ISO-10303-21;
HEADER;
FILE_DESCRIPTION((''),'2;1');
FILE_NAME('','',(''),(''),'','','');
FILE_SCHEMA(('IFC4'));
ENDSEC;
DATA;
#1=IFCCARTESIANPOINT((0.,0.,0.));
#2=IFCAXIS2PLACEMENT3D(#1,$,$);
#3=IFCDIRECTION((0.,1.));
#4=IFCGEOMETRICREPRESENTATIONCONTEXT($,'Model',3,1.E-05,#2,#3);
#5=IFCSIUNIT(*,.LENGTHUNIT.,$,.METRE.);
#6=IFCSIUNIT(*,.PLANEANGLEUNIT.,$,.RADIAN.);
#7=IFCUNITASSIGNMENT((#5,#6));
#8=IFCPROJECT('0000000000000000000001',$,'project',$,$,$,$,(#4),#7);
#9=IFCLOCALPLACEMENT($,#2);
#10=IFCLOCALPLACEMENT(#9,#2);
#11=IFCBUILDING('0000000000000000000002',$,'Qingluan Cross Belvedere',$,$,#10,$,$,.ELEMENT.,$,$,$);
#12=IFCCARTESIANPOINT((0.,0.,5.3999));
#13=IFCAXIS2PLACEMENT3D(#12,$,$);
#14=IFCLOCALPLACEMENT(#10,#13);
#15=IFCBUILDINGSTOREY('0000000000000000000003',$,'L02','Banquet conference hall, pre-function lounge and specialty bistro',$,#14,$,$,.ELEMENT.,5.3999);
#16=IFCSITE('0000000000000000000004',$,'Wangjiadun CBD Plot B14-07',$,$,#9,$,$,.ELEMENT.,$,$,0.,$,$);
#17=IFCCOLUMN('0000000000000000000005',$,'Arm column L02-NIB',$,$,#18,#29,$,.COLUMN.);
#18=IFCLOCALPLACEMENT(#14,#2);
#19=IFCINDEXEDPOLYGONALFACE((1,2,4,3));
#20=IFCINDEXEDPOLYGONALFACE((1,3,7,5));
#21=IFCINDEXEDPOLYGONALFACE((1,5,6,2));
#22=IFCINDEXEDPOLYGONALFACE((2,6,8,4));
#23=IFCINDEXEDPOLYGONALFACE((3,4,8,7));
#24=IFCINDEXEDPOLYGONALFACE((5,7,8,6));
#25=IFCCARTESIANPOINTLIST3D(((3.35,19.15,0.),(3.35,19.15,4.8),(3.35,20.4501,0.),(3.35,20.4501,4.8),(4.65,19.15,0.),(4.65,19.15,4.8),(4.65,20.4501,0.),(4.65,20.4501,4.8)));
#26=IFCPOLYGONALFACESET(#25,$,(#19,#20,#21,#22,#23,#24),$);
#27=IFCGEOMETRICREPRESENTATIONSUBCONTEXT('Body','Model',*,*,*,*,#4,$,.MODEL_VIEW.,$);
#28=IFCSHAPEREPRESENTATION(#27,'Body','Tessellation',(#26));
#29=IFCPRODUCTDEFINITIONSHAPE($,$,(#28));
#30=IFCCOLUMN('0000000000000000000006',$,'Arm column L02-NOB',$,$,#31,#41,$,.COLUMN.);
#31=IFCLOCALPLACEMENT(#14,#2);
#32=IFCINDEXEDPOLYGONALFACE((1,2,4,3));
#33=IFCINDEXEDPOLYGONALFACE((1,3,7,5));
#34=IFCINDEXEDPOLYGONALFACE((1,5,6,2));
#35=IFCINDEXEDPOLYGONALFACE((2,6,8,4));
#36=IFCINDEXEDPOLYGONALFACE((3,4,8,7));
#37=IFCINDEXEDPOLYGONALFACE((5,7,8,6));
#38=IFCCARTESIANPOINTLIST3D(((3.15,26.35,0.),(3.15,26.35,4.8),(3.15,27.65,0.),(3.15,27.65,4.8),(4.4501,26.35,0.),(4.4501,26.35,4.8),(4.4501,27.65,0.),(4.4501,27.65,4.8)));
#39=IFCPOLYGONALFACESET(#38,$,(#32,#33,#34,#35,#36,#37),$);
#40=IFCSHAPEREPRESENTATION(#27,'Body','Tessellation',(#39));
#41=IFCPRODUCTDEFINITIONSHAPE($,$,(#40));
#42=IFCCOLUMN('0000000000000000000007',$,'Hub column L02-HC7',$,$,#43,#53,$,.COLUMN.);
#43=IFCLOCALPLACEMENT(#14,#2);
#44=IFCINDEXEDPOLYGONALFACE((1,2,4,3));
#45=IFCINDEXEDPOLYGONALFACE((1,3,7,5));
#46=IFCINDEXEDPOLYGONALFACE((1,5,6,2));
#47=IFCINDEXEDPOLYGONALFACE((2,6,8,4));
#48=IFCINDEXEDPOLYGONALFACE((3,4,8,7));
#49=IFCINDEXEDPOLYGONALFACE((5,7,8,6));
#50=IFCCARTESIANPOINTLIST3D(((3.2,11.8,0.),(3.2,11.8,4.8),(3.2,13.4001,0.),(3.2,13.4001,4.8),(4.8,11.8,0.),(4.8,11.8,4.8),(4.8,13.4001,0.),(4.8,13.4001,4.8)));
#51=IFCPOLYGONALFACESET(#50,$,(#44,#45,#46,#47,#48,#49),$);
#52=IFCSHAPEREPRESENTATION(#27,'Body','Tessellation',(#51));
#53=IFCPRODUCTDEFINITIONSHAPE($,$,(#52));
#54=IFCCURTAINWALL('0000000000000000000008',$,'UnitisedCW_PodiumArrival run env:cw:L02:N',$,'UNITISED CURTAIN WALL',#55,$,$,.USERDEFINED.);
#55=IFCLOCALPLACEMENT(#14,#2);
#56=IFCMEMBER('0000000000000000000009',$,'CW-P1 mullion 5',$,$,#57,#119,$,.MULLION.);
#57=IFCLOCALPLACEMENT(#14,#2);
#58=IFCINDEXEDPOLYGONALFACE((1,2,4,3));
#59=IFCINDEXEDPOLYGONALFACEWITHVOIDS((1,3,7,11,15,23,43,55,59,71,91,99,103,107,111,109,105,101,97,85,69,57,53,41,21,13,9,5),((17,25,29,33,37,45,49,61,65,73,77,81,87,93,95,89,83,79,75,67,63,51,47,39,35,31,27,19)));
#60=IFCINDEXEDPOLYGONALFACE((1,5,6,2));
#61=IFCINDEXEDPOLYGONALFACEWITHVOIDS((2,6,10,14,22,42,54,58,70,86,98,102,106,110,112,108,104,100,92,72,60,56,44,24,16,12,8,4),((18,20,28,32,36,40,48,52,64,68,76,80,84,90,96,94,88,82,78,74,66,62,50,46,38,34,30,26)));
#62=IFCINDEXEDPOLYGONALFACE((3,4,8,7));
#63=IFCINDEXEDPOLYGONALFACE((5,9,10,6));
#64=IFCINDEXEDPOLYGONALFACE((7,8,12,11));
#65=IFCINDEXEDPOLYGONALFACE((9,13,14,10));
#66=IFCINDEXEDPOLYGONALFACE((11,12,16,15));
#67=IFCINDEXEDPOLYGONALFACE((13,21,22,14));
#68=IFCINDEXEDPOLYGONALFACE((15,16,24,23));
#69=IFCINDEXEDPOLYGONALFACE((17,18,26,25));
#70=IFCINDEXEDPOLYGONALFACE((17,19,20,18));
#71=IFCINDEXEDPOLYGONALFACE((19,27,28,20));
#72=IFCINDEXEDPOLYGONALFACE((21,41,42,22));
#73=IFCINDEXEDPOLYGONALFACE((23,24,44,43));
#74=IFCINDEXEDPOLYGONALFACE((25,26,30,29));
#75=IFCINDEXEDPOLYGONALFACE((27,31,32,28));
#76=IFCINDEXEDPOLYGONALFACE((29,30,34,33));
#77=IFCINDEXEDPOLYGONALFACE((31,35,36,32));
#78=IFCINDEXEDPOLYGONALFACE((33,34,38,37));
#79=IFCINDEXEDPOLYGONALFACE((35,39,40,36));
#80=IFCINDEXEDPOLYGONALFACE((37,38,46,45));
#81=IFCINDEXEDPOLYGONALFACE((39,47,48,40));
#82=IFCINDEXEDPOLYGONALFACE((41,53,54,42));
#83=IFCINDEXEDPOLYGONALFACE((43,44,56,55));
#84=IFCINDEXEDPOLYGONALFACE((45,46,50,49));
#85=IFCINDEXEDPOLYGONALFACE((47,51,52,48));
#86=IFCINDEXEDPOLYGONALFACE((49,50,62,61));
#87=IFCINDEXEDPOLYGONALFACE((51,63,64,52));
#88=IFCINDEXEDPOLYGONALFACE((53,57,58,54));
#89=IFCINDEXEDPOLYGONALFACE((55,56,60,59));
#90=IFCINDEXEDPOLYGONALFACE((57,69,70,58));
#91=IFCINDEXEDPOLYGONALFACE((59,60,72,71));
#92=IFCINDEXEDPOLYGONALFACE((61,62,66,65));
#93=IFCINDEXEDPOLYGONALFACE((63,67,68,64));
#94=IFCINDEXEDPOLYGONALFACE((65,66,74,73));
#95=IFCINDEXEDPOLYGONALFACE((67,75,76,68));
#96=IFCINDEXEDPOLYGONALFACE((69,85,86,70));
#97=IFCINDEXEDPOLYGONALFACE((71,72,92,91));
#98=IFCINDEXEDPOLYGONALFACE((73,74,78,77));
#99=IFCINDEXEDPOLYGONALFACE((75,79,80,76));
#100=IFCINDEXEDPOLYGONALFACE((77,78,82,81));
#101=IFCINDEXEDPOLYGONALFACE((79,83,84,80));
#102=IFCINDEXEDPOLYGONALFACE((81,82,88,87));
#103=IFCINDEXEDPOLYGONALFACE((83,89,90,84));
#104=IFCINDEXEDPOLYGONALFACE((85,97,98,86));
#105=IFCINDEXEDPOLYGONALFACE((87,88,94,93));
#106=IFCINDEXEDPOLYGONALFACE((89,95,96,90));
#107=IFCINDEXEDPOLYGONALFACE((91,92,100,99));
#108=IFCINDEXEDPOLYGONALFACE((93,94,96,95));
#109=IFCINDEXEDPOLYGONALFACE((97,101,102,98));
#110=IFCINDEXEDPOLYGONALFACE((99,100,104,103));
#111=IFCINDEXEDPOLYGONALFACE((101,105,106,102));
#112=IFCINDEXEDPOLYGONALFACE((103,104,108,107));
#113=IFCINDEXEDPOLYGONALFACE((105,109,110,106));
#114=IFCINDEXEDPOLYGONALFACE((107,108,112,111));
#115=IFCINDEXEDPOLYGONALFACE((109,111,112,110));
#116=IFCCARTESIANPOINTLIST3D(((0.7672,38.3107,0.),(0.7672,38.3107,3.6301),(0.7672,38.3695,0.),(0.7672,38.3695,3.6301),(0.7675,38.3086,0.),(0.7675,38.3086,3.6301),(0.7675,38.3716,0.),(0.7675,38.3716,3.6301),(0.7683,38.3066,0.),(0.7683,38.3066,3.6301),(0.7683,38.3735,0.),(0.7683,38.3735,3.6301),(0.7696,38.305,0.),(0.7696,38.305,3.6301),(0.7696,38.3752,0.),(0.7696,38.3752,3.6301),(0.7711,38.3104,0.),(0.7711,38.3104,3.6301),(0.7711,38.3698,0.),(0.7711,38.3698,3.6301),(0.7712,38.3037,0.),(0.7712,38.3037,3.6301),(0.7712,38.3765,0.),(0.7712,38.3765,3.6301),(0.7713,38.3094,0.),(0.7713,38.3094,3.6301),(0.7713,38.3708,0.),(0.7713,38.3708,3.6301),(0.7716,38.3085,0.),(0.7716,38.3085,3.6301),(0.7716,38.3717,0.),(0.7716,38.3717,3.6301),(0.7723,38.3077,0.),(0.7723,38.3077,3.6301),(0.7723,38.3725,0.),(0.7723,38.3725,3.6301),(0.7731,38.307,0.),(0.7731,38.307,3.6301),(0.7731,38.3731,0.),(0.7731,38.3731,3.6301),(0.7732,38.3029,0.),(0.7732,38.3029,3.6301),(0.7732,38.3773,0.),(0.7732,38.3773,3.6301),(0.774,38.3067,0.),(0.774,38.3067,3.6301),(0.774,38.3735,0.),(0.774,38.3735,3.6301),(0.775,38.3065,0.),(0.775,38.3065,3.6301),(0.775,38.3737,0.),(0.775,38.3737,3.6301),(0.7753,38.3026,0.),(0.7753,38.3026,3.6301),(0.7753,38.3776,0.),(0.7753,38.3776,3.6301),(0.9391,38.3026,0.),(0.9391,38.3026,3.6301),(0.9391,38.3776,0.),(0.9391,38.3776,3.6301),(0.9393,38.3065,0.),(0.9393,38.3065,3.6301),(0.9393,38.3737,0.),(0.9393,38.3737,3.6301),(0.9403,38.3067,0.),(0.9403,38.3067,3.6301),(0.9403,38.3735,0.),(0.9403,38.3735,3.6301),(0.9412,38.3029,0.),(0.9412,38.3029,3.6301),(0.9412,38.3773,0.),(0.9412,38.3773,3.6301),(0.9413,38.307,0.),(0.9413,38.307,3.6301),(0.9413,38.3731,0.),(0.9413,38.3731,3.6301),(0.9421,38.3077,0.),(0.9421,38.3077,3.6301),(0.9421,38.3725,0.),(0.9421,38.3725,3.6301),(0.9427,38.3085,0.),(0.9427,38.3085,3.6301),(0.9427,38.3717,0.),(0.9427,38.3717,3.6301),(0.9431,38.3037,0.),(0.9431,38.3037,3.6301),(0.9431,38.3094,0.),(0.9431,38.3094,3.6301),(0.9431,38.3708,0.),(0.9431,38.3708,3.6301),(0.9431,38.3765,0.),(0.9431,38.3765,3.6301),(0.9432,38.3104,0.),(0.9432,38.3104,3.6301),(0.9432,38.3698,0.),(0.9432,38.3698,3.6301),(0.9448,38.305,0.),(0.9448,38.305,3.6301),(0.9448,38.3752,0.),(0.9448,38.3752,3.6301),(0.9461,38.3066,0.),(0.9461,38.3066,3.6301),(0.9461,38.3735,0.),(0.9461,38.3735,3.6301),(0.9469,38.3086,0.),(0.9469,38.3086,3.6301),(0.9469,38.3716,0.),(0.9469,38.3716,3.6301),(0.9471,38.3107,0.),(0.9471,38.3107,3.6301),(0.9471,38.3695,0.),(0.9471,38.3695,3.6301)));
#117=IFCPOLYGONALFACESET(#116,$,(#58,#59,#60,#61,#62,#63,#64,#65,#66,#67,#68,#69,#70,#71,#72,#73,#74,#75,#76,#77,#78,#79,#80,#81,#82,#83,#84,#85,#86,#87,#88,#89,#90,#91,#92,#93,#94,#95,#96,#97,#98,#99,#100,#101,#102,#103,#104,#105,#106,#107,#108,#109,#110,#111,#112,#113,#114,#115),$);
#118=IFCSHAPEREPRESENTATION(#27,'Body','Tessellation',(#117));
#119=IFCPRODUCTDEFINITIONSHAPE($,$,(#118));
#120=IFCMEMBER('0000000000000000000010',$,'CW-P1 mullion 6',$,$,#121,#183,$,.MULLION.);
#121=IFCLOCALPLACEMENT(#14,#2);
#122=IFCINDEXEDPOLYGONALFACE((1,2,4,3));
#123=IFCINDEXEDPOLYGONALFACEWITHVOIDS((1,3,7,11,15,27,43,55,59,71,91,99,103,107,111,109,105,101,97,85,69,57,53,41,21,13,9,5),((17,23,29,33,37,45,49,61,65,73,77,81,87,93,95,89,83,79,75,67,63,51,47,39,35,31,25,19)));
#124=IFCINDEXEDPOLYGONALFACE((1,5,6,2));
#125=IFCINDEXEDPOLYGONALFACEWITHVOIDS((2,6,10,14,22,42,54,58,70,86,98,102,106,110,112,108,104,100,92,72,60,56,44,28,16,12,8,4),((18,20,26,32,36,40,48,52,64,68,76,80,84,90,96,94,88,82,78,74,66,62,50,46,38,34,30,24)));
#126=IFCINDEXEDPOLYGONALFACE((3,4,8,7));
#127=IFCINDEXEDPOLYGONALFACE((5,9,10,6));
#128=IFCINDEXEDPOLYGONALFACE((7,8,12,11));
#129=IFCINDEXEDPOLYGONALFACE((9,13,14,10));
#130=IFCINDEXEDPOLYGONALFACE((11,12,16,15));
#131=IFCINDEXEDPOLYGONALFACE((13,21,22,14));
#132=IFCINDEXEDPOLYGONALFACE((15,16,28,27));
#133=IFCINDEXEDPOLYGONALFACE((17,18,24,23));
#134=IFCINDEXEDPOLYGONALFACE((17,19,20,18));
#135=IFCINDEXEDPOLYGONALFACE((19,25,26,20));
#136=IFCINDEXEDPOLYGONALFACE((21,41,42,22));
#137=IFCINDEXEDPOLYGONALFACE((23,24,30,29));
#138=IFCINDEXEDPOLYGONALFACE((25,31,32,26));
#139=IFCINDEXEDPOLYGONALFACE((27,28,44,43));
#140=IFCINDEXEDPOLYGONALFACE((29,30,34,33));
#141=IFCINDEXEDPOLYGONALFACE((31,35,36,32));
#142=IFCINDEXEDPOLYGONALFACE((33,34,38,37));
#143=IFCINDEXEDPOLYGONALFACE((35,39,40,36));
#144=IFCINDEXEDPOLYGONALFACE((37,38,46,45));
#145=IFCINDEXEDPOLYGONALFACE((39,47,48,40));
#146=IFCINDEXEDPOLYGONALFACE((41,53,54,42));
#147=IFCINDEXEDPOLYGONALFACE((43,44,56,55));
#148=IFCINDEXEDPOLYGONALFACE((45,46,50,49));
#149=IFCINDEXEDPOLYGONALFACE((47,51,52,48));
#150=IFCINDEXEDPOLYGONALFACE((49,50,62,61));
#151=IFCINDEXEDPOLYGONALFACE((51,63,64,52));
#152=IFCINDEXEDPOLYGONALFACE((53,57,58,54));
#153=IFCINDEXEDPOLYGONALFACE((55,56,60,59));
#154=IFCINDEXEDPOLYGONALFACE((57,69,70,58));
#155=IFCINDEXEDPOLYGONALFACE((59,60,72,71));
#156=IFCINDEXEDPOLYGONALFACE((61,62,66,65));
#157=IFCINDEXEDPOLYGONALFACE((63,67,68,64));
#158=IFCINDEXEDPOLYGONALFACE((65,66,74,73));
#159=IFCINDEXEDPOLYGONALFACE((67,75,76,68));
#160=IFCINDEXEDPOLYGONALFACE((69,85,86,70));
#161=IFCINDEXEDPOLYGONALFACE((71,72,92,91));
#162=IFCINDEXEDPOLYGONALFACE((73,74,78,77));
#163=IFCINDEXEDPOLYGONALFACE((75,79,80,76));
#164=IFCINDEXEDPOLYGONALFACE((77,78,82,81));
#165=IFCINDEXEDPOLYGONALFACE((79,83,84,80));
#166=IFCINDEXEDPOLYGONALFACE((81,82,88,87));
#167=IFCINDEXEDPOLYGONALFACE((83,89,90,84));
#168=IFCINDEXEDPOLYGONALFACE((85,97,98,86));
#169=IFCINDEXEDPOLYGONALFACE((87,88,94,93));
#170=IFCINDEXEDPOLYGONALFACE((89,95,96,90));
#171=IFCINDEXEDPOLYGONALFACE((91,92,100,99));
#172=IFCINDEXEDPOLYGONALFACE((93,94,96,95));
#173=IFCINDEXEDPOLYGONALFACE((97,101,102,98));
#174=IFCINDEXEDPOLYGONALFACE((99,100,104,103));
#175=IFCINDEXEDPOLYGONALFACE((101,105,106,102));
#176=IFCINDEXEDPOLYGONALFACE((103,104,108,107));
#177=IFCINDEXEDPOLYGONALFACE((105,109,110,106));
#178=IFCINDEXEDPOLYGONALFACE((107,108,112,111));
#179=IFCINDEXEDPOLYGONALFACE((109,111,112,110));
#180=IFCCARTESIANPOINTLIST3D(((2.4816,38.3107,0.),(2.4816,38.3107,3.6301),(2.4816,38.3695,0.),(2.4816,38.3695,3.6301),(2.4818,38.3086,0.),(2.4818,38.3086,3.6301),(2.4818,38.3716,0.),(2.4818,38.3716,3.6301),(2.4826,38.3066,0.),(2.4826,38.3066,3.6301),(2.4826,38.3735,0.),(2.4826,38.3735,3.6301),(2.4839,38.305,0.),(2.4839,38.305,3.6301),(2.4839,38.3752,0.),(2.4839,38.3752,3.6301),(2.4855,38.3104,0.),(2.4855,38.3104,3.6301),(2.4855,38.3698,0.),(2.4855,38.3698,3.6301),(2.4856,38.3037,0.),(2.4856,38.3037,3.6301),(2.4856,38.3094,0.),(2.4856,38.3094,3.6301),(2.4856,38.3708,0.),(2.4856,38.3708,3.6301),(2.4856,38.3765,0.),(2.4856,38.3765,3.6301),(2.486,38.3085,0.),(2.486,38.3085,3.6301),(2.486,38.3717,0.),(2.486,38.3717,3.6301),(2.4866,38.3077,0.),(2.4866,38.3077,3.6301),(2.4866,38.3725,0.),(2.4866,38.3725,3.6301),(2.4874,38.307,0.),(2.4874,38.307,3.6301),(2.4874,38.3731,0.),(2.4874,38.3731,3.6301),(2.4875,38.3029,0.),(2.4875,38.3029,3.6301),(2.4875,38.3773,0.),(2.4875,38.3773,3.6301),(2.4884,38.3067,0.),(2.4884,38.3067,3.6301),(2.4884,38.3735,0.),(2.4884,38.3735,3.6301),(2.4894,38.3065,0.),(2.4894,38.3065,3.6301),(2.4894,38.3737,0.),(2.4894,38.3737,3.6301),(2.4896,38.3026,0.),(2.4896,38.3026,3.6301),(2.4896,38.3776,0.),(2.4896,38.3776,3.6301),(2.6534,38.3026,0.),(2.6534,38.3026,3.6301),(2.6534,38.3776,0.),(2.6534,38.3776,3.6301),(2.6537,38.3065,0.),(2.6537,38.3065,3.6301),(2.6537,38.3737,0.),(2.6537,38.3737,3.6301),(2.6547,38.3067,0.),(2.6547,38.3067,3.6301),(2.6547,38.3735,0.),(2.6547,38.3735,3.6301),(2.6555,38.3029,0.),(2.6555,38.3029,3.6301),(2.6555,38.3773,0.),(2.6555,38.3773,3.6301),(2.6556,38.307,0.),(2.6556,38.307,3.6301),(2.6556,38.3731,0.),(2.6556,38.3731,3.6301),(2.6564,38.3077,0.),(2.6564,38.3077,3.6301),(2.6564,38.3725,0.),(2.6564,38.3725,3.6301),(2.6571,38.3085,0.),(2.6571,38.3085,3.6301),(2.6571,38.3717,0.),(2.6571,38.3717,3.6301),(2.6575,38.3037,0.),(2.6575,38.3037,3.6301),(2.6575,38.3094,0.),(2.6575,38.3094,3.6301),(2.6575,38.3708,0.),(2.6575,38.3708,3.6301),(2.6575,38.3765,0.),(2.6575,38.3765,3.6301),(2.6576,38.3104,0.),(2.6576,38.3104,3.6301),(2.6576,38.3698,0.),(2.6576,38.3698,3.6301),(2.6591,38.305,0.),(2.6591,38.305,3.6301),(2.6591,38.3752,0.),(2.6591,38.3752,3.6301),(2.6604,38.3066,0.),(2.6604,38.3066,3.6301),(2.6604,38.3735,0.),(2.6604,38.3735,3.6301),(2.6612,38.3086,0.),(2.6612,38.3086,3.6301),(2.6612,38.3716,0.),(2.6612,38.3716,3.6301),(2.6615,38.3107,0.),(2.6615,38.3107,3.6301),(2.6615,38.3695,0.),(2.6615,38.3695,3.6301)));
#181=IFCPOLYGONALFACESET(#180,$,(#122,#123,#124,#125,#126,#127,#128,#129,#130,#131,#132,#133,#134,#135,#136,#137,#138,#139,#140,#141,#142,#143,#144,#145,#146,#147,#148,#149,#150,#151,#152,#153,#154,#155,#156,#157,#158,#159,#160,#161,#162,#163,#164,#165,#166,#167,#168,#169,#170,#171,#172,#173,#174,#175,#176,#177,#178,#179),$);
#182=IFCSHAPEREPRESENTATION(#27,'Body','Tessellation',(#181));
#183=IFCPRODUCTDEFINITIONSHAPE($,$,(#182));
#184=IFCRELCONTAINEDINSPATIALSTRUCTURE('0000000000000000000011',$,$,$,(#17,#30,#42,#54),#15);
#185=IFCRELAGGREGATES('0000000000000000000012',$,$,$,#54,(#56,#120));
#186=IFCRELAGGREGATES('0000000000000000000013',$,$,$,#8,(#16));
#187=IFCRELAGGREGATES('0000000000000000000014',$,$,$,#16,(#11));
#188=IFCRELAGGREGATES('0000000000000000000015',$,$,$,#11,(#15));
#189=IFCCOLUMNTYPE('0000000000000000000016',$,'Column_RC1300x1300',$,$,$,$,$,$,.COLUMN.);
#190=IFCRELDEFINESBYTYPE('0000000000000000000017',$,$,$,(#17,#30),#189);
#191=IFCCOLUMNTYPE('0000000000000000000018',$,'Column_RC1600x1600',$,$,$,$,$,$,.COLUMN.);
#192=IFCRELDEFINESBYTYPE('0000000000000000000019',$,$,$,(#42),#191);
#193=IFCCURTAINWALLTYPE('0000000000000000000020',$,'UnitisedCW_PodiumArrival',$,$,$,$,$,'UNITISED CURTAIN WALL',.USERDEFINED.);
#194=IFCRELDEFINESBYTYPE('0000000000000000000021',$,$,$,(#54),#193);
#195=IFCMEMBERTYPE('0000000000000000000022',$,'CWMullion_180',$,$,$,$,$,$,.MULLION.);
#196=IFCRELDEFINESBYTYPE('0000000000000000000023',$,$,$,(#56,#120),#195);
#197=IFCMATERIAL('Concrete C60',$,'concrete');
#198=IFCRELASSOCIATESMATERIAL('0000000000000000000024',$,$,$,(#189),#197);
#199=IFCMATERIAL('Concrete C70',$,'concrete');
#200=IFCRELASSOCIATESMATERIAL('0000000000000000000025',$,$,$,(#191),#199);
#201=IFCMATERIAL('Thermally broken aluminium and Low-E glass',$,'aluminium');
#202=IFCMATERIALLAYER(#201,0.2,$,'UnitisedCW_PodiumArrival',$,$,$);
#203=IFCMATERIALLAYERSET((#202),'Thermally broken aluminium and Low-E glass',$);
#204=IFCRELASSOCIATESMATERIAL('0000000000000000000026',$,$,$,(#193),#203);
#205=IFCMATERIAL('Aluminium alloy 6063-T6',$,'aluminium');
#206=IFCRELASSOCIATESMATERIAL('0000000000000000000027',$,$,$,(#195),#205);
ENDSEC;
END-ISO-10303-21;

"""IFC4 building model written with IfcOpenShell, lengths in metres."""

from ifc_helpers import new_model, si_unit, direction, frame, origin, origin_2d, place, context, subcontext, project, spatial, rectangle, hollow_rectangle, extrude, material, layer, layer_set, material_profile, profile_set, type_object, element, aggregate, save


model = new_model("IFC4")

# Units and contexts
model_context = context("Model", 3, precision=1e-05, world=origin(), true_north=direction((0.0, 1.0)))
body_context = subcontext(model_context, "Body", "Model", "MODEL_VIEW")
ifc_project = project(units=[si_unit("LENGTHUNIT", "METRE"), si_unit("PLANEANGLEUNIT", "RADIAN")], contexts=[model_context])

# Site, building, storey
site_placement = place(None, origin())
site = spatial("IfcSite", under=ifc_project, at=site_placement, Name="Wangjiadun CBD Plot B14-07", CompositionType="ELEMENT", RefElevation=0.0)
building_placement = place(site_placement, origin())
building = spatial("IfcBuilding", under=site, at=building_placement, Name="Qingluan Cross Belvedere", CompositionType="ELEMENT")
storey_placement = place(building_placement, frame((0.0, 0.0, 5.3999)))
storey = spatial("IfcBuildingStorey", under=building, at=storey_placement, Name="L02", Description="Banquet conference hall, pre-function lounge and specialty bistro", CompositionType="ELEMENT", Elevation=5.3999)

# Columns
ifc_material_1 = material(Name="Concrete C60", Category="concrete")
ifc_material_profile_1 = material_profile(ifc_material_1, rectangle(XDim=1.3, YDim=1.3, at=origin_2d()), Name="RC1300x1300")
ifc_profile_set_1 = profile_set([ifc_material_profile_1], Name="Concrete C60")
column_type_1 = type_object("IfcColumnType", Name="Column_RC1300x1300", PredefinedType="COLUMN", material=ifc_profile_set_1)
for number, where, z_axis, x_axis, name in (
    (1, (4.0, 19.8, 0.0), (0.0, 0.0, 1.0), (1.0, 0.0, 0.0), "Arm column L02-NIB"),
    (2, (3.8, 27.0, 0.0), (0.0, 0.0, 1.0), (1.0, 0.0, 0.0), "Arm column L02-NOB"),
):
    element("IfcColumn", number, at=place(storey_placement, frame(where, z_axis=z_axis, x_axis=x_axis)), inside=storey, type_object=column_type_1, Name=name, PredefinedType="COLUMN", context=body_context, shape_type="SweptSolid", body=[
        extrude(rectangle(XDim=1.3, YDim=1.3, at=origin_2d()), origin(), (0.0, 0.0, 1.0), 4.8),
    ])
ifc_material_2 = material(Name="Concrete C70", Category="concrete")
ifc_material_profile_2 = material_profile(ifc_material_2, rectangle(XDim=1.6001, YDim=1.6001, at=origin_2d()), Name="RC1600x1600")
ifc_profile_set_2 = profile_set([ifc_material_profile_2], Name="Concrete C70")
column_type_2 = type_object("IfcColumnType", Name="Column_RC1600x1600", PredefinedType="COLUMN", material=ifc_profile_set_2)
column_placement = place(storey_placement, frame((4.0, 12.6001, 0.0), z_axis=(0.0, 0.0, 1.0), x_axis=(1.0, 0.0, 0.0)))
element("IfcColumn", 3, at=column_placement, inside=storey, type_object=column_type_2, Name="Hub column L02-HC7", PredefinedType="COLUMN", context=body_context, shape_type="SweptSolid", body=[
    extrude(rectangle(XDim=1.6001, YDim=1.6001, at=origin_2d()), origin(), (0.0, 0.0, 1.0), 4.8),
])

# Curtain wall, members
ifc_material_3 = material(Name="Thermally broken aluminium and Low-E glass", Category="aluminium")
ifc_layer_1 = layer(ifc_material_3, 0.2, Name="UnitisedCW_PodiumArrival")
ifc_layer_set_1 = layer_set([ifc_layer_1], Name="Thermally broken aluminium and Low-E glass")
curtain_wall_type = type_object("IfcCurtainWallType", Name="UnitisedCW_PodiumArrival", ElementType="UNITISED CURTAIN WALL", PredefinedType="USERDEFINED", material=ifc_layer_set_1)
curtain_wall_placement = place(storey_placement, origin())
curtain_wall = element("IfcCurtainWall", 4, at=curtain_wall_placement, inside=storey, type_object=curtain_wall_type, Name="UnitisedCW_PodiumArrival run env:cw:L02:N", ObjectType="UNITISED CURTAIN WALL", PredefinedType="USERDEFINED")
ifc_material_4 = material(Name="Aluminium alloy 6063-T6", Category="aluminium")
ifc_material_profile_3 = material_profile(ifc_material_4, hollow_rectangle(XDim=0.075, YDim=0.1799, WallThickness=0.0039, InnerFilletRadius=0.0039, OuterFilletRadius=0.0081, at=origin_2d()), Name="CWM180x75x4")
ifc_profile_set_3 = profile_set([ifc_material_profile_3], Name="Aluminium alloy 6063-T6")
member_type_1 = type_object("IfcMemberType", Name="CWMullion_180", PredefinedType="MULLION", material=ifc_profile_set_3)
member_1_placement = place(storey_placement, frame((0.8572, 38.3401, 0.0), z_axis=(0.0, 0.0, 1.0), x_axis=(0.0, 1.0, 0.0)))
member_1 = element("IfcMember", 5, at=member_1_placement, type_object=member_type_1, Name="CW-P1 mullion 5", PredefinedType="MULLION", context=body_context, shape_type="SweptSolid", body=[
    extrude(hollow_rectangle(XDim=0.075, YDim=0.1799, WallThickness=0.0039, InnerFilletRadius=0.0039, OuterFilletRadius=0.0081, at=origin_2d()), origin(), (0.0, 0.0, 1.0), 3.6301),
])
member_2_placement = place(storey_placement, frame((2.5715, 38.3401, 0.0), z_axis=(0.0, 0.0, 1.0), x_axis=(0.0, 1.0, 0.0)))
member_2 = element("IfcMember", 6, at=member_2_placement, type_object=member_type_1, Name="CW-P1 mullion 6", PredefinedType="MULLION", context=body_context, shape_type="SweptSolid", body=[
    extrude(hollow_rectangle(XDim=0.075, YDim=0.1799, WallThickness=0.0039, InnerFilletRadius=0.0039, OuterFilletRadius=0.0081, at=origin_2d()), origin(), (0.0, 0.0, 1.0), 3.6301),
])

aggregate(curtain_wall, [member_1, member_2])

save(model, "model.ifc")
